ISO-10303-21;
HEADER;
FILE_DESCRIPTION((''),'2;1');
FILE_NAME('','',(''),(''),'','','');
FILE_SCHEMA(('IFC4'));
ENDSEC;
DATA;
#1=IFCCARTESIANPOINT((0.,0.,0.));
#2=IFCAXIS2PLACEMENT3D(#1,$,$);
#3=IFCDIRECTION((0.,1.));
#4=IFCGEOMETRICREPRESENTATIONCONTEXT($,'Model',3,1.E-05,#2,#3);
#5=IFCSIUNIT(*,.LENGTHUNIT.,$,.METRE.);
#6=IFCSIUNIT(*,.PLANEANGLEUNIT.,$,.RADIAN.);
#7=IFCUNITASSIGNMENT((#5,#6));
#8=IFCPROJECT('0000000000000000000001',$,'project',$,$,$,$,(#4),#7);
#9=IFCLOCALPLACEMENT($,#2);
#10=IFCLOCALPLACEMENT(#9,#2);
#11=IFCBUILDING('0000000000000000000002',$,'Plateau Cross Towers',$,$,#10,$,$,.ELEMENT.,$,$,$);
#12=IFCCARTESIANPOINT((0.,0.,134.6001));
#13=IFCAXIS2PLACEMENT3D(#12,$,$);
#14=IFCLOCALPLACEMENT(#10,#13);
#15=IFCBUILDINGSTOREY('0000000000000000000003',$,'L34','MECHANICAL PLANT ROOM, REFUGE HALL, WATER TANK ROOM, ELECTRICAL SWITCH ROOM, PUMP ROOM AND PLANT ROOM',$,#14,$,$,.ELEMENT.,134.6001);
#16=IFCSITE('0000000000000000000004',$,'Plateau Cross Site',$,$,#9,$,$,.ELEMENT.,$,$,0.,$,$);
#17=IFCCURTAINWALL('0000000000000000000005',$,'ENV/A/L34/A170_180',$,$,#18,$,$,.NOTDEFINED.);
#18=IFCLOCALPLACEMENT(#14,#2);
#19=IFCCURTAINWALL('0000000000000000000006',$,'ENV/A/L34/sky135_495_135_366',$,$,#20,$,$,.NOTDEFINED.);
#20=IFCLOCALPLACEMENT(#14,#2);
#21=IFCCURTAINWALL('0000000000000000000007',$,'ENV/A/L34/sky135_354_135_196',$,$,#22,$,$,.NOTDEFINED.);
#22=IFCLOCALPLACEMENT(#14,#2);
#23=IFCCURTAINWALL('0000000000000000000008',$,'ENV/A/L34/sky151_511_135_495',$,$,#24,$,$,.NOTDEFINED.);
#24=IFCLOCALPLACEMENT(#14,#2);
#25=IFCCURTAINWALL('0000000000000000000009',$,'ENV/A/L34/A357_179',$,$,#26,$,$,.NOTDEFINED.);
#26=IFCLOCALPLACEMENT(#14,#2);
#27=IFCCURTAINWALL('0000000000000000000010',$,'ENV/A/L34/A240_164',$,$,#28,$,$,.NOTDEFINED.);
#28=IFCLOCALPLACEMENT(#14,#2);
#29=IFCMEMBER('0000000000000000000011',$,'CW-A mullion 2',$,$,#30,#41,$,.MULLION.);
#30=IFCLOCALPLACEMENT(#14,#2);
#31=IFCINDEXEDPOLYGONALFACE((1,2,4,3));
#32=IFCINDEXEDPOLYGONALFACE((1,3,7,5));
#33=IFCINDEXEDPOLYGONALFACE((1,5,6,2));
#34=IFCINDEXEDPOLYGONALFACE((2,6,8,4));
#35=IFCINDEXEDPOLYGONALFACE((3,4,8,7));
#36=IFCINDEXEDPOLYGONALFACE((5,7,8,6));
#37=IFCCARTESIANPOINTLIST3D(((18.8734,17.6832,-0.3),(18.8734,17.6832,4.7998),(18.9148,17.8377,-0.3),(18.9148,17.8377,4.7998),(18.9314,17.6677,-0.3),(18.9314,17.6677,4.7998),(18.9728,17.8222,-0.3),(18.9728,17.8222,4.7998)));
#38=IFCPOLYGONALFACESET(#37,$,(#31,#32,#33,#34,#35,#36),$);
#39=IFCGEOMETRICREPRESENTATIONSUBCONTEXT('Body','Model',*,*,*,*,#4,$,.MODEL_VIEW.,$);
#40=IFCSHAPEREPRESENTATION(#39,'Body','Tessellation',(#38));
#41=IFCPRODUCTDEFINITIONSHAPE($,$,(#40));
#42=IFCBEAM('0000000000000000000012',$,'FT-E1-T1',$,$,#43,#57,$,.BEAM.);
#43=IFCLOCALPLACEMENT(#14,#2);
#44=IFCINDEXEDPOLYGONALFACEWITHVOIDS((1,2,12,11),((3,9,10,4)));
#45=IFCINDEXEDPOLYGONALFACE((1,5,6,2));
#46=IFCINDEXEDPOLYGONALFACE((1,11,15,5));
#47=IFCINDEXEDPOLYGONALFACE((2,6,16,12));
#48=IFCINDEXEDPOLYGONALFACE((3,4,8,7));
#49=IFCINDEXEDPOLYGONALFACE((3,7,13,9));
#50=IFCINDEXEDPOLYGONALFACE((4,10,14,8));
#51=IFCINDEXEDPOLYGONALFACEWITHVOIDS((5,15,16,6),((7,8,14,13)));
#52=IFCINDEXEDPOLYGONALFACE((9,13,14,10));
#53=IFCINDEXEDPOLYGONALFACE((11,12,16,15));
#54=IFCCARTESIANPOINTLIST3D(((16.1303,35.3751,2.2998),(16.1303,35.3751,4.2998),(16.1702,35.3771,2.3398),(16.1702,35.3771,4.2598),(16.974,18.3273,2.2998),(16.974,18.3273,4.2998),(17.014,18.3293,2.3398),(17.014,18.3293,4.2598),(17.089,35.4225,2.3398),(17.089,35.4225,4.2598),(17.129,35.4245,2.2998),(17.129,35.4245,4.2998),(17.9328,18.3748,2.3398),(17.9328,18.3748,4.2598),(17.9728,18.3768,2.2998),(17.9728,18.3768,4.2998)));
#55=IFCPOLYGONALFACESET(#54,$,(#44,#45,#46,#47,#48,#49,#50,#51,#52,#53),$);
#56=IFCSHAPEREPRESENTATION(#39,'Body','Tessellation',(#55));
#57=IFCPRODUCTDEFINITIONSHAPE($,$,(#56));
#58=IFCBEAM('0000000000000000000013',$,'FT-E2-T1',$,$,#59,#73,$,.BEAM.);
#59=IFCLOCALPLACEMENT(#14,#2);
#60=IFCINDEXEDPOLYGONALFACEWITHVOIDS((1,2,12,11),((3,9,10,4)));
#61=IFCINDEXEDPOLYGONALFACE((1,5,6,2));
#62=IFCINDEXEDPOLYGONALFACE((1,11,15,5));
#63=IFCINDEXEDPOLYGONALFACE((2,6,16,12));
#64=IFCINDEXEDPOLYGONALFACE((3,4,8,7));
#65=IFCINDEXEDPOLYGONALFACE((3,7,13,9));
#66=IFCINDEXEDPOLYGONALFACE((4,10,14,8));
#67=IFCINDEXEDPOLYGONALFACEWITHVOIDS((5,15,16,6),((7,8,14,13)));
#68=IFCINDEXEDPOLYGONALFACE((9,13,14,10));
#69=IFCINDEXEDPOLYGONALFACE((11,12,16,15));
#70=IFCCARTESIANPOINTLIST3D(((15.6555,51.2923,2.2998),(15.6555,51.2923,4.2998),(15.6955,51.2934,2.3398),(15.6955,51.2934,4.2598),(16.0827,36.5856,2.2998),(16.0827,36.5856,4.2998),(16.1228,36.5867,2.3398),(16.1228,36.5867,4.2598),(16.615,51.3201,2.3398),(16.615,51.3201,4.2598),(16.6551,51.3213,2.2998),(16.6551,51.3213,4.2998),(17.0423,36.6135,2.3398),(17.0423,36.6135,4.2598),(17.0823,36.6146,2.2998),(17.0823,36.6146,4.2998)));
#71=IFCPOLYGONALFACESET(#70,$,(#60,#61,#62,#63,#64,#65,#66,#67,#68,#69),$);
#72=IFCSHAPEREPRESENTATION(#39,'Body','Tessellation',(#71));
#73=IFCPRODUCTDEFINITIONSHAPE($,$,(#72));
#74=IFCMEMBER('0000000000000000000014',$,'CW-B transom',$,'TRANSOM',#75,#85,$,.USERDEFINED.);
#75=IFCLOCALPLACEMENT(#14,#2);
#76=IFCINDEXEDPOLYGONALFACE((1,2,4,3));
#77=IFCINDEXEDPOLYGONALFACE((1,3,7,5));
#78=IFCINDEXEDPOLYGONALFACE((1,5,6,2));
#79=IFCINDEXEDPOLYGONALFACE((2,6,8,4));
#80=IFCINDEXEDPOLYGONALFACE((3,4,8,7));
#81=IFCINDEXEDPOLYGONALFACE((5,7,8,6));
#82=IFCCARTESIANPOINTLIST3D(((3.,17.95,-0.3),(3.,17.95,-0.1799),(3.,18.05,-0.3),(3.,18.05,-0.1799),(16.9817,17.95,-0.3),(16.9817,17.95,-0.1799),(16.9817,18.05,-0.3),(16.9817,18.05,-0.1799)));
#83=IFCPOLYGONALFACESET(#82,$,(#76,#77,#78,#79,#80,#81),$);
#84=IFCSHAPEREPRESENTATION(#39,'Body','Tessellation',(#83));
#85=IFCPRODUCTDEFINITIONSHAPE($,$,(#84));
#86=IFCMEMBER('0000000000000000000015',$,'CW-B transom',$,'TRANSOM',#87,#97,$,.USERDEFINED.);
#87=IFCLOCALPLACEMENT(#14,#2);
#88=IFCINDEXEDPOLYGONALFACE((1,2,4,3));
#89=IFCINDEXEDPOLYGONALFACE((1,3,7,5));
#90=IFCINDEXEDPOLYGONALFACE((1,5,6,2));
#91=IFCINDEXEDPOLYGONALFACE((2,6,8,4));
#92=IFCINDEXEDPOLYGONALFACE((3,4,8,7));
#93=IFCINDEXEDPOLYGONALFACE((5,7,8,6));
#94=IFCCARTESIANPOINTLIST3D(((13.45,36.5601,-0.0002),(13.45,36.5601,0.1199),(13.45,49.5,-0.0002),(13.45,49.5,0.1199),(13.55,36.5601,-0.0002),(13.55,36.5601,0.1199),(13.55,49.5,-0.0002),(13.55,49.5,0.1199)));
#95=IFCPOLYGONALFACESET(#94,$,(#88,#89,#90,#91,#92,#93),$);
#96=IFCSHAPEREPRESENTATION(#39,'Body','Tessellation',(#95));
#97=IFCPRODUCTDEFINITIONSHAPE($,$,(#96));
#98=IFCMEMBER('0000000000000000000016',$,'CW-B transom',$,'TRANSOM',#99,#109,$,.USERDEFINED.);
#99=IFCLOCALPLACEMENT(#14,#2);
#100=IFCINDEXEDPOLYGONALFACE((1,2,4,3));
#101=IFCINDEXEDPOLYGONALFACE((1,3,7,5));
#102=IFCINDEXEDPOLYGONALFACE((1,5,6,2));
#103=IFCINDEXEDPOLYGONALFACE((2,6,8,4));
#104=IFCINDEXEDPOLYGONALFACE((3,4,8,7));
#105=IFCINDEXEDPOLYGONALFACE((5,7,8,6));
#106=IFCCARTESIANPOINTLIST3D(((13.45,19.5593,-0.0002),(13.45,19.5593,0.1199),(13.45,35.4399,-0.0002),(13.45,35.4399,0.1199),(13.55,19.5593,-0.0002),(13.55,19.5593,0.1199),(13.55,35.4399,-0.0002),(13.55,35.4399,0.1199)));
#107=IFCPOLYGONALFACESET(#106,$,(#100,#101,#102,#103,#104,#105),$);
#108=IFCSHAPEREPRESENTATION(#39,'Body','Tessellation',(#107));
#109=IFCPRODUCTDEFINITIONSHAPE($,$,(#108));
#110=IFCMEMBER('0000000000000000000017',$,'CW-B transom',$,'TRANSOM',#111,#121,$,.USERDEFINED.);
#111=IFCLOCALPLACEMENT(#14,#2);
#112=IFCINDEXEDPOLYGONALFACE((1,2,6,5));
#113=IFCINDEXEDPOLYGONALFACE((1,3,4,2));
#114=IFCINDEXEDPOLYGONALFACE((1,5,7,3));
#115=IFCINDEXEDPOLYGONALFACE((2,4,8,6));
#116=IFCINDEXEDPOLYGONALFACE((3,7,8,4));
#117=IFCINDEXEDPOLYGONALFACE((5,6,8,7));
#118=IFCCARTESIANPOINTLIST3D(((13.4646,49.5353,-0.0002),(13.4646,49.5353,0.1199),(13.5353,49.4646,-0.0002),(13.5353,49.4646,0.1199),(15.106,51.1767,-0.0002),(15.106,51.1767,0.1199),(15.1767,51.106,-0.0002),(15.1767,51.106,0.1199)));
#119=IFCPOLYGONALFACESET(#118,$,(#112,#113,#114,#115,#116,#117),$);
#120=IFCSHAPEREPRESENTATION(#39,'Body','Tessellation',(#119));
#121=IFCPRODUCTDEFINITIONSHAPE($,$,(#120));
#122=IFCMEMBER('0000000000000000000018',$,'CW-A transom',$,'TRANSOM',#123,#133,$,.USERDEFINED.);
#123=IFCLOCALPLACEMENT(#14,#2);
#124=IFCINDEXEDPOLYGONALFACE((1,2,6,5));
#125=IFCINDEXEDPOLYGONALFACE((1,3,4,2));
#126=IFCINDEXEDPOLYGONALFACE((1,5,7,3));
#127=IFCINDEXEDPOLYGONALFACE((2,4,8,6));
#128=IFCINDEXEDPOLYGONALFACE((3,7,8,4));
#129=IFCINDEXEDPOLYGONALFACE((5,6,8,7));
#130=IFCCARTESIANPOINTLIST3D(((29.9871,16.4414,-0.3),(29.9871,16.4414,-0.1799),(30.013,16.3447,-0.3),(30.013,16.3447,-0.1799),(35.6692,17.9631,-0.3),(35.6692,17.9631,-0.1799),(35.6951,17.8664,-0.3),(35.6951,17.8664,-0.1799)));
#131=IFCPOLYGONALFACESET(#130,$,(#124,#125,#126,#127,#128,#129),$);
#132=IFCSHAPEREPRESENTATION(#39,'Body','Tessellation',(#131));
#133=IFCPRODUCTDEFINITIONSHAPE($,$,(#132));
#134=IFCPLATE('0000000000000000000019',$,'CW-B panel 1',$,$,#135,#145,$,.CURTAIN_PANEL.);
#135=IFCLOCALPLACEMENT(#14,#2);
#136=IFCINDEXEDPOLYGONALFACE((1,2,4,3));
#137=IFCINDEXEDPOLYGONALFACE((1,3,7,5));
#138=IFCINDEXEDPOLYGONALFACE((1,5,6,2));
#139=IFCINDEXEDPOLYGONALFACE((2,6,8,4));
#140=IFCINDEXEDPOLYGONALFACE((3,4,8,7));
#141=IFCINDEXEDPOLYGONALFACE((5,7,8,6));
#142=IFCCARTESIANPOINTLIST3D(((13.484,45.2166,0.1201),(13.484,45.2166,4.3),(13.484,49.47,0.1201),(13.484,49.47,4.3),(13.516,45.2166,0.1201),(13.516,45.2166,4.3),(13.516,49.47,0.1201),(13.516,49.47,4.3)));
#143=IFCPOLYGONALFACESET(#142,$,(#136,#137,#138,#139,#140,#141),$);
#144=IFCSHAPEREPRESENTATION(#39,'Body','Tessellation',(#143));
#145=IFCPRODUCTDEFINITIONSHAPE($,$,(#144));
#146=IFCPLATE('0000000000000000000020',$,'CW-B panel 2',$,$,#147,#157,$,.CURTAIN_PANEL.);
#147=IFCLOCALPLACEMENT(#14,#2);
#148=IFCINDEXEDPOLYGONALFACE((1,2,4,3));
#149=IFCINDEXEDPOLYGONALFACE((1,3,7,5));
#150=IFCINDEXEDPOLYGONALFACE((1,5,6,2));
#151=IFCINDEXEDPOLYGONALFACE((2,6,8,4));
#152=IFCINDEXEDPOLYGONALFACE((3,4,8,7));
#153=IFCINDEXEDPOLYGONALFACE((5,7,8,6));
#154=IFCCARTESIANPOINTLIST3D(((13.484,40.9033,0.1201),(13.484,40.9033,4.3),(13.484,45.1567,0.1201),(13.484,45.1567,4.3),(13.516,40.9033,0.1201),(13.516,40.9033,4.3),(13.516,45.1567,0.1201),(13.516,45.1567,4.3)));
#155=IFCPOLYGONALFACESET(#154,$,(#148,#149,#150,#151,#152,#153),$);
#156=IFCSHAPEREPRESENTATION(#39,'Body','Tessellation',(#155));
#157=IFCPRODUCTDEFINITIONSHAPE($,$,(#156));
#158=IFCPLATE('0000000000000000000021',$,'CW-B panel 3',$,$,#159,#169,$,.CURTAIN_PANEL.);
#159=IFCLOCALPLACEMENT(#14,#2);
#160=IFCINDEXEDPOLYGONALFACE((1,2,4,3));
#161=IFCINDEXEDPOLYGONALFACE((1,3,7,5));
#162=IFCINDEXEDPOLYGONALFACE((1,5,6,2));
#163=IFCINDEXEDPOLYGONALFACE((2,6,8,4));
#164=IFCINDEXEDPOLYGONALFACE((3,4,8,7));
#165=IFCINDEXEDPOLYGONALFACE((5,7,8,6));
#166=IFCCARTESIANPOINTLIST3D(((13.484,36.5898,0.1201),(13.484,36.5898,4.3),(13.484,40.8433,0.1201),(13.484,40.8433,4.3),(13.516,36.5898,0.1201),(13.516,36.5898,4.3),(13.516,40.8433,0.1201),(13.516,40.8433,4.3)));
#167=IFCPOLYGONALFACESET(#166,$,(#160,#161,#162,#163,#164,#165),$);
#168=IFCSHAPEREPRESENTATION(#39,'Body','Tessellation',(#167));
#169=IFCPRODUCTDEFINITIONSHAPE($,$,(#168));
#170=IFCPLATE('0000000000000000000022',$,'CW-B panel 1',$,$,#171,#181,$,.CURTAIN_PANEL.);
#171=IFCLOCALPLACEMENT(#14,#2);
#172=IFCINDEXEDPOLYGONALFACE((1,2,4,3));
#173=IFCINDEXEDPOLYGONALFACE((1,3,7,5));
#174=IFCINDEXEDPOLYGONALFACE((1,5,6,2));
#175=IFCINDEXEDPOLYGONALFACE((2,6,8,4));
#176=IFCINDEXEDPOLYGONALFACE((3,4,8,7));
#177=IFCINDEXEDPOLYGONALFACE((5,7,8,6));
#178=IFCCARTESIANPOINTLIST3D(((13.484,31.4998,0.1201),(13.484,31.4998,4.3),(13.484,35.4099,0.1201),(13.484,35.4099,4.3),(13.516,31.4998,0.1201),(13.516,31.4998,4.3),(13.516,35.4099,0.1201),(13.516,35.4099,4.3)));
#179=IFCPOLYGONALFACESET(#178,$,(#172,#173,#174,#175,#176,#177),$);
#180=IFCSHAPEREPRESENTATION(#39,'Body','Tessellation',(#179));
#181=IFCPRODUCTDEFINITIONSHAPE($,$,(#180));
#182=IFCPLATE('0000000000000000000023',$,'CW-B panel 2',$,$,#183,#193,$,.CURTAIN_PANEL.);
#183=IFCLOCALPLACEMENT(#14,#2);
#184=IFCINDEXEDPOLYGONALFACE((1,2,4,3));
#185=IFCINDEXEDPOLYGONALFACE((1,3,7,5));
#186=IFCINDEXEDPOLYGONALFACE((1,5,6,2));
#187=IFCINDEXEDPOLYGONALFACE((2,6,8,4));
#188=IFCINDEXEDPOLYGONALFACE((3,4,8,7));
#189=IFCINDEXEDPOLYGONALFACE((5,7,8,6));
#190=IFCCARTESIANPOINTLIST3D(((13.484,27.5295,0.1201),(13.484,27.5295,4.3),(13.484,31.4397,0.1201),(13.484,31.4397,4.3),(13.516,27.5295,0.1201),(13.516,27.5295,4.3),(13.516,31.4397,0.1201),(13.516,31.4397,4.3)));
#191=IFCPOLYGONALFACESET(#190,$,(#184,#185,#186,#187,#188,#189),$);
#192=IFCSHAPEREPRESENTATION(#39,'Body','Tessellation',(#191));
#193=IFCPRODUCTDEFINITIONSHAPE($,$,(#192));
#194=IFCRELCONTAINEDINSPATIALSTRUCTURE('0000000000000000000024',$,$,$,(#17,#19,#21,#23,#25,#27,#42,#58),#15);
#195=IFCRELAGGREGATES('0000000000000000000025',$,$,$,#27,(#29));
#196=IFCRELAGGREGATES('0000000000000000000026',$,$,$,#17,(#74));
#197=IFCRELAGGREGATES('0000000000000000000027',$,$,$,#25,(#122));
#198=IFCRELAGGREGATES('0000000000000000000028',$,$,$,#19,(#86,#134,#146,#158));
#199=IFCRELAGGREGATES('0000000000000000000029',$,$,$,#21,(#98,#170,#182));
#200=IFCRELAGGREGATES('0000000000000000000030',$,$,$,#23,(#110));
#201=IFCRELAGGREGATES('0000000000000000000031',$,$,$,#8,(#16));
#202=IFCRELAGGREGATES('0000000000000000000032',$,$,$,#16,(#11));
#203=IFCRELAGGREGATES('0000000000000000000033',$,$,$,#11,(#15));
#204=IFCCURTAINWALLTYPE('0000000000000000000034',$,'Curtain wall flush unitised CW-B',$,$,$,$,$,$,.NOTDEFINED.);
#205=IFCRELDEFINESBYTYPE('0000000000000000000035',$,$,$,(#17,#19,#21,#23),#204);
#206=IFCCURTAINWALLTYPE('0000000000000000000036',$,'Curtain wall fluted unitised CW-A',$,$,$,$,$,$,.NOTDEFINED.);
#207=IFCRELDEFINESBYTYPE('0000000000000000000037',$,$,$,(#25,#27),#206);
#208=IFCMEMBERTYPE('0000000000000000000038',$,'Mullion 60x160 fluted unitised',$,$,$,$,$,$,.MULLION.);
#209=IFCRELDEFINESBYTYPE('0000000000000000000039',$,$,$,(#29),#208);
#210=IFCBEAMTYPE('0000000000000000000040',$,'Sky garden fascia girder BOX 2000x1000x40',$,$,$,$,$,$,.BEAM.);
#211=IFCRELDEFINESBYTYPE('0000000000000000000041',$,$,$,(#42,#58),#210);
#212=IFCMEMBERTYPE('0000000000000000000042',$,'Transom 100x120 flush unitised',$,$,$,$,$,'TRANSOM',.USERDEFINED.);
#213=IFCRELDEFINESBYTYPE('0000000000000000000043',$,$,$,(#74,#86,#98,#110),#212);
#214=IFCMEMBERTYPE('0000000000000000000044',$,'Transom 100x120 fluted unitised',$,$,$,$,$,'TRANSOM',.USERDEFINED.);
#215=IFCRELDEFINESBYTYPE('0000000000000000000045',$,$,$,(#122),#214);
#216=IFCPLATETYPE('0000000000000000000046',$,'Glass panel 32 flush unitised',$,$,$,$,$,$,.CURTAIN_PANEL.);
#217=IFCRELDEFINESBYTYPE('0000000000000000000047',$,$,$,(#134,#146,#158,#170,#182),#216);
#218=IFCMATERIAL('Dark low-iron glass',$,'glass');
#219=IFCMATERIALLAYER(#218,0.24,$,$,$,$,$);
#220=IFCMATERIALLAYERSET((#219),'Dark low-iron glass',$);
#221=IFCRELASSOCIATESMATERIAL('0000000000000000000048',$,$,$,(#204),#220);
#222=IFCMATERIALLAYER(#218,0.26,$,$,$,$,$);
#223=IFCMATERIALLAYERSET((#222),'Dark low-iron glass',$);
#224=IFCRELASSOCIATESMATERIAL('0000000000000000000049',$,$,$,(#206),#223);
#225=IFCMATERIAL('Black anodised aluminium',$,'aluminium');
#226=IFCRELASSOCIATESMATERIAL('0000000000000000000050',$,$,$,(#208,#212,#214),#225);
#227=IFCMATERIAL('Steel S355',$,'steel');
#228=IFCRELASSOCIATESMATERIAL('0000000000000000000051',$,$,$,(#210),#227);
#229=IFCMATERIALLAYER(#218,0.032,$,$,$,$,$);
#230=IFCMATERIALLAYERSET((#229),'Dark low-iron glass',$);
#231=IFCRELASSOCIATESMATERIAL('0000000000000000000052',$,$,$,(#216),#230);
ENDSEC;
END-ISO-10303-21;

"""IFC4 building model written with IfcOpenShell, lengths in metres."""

from ifc_helpers import new_model, si_unit, direction, frame, origin, origin_2d, place, context, subcontext, project, spatial, rectangle, hollow_rectangle, extrude, material, layer, layer_set, material_profile, profile_set, type_object, element, aggregate, save


model = new_model("IFC4")

# Units and contexts
model_context = context("Model", 3, precision=1e-05, world=origin(), true_north=direction((0.0, 1.0)))
body_context = subcontext(model_context, "Body", "Model", "MODEL_VIEW")
ifc_project = project(units=[si_unit("LENGTHUNIT", "METRE"), si_unit("PLANEANGLEUNIT", "RADIAN")], contexts=[model_context])

# Site, building, storey
site_placement = place(None, origin())
site = spatial("IfcSite", under=ifc_project, at=site_placement, Name="Plateau Cross Site", CompositionType="ELEMENT", RefElevation=0.0)
building_placement = place(site_placement, origin())
building = spatial("IfcBuilding", under=site, at=building_placement, Name="Plateau Cross Towers", CompositionType="ELEMENT")
storey_placement = place(building_placement, frame((0.0, 0.0, 134.6001)))
storey = spatial("IfcBuildingStorey", under=building, at=storey_placement, Name="L34", Description="MECHANICAL PLANT ROOM, REFUGE HALL, WATER TANK ROOM, ELECTRICAL SWITCH ROOM, PUMP ROOM AND PLANT ROOM", CompositionType="ELEMENT", Elevation=134.6001)

# Curtain wall
ifc_material_1 = material(Name="Dark low-iron glass", Category="glass")
ifc_layer_1 = layer(ifc_material_1, 0.24)
ifc_layer_set_1 = layer_set([ifc_layer_1], Name="Dark low-iron glass")
curtain_wall_type_1 = type_object("IfcCurtainWallType", Name="Curtain wall flush unitised CW-B", PredefinedType="NOTDEFINED", material=ifc_layer_set_1)
curtain_wall_1_placement = place(storey_placement, origin())
curtain_wall_1 = element("IfcCurtainWall", 1, at=curtain_wall_1_placement, inside=storey, type_object=curtain_wall_type_1, Name="ENV/A/L34/A170_180", PredefinedType="NOTDEFINED")
ifc_material_2 = material(Name="Black anodised aluminium", Category="aluminium")

# Curtain walls
curtain_wall_2_placement = place(storey_placement, origin())
curtain_wall_2 = element("IfcCurtainWall", 2, at=curtain_wall_2_placement, inside=storey, type_object=curtain_wall_type_1, Name="ENV/A/L34/sky135_495_135_366", PredefinedType="NOTDEFINED")
curtain_wall_3_placement = place(storey_placement, origin())
curtain_wall_3 = element("IfcCurtainWall", 3, at=curtain_wall_3_placement, inside=storey, type_object=curtain_wall_type_1, Name="ENV/A/L34/sky135_354_135_196", PredefinedType="NOTDEFINED")

# Curtain walls, member
curtain_wall_4_placement = place(storey_placement, origin())
curtain_wall_4 = element("IfcCurtainWall", 4, at=curtain_wall_4_placement, inside=storey, type_object=curtain_wall_type_1, Name="ENV/A/L34/sky151_511_135_495", PredefinedType="NOTDEFINED")
ifc_layer_2 = layer(ifc_material_1, 0.26)
ifc_layer_set_2 = layer_set([ifc_layer_2], Name="Dark low-iron glass")
curtain_wall_type_2 = type_object("IfcCurtainWallType", Name="Curtain wall fluted unitised CW-A", PredefinedType="NOTDEFINED", material=ifc_layer_set_2)
ifc_material_profile_1 = material_profile(ifc_material_2, rectangle(XDim=0.0601, YDim=0.1599, at=origin_2d()), Name="MULLION 60x160")
ifc_profile_set_1 = profile_set([ifc_material_profile_1], Name="Black anodised aluminium")
member_type_1 = type_object("IfcMemberType", Name="Mullion 60x160 fluted unitised", PredefinedType="MULLION", material=ifc_profile_set_1)
curtain_wall_5_placement = place(storey_placement, origin())
curtain_wall_5 = element("IfcCurtainWall", 5, at=curtain_wall_5_placement, inside=storey, type_object=curtain_wall_type_2, Name="ENV/A/L34/A357_179", PredefinedType="NOTDEFINED")
curtain_wall_6_placement = place(storey_placement, origin())
curtain_wall_6 = element("IfcCurtainWall", 6, at=curtain_wall_6_placement, inside=storey, type_object=curtain_wall_type_2, Name="ENV/A/L34/A240_164", PredefinedType="NOTDEFINED")
member_1_placement = place(storey_placement, frame((18.9231, 17.7527, -0.3), z_axis=(0.0, 0.0, 1.0), x_axis=(-0.965958, 0.258699, 0.0)))
member_1 = element("IfcMember", 7, at=member_1_placement, type_object=member_type_1, Name="CW-A mullion 2", PredefinedType="MULLION", context=body_context, shape_type="SweptSolid", body=[
    extrude(rectangle(XDim=0.0601, YDim=0.1599, at=origin_2d()), origin(), (0.0, 0.0, 1.0), 5.0999),
])
aggregate(curtain_wall_6, [member_1])

# Beams
ifc_material_3 = material(Name="Steel S355", Category="steel")
ifc_material_profile_2 = material_profile(ifc_material_3, hollow_rectangle(XDim=1.0, YDim=2.0, WallThickness=0.04, at=origin_2d()), Name="BOX 2000x1000x40")
ifc_profile_set_2 = profile_set([ifc_material_profile_2], Name="Steel S355")
beam_type = type_object("IfcBeamType", Name="Sky garden fascia girder BOX 2000x1000x40", PredefinedType="BEAM", material=ifc_profile_set_2)
beam_1_placement = place(storey_placement, frame((17.4734, 18.3521, 3.2998), z_axis=(-0.049433, 0.998777, 0.0), x_axis=(-0.998777, -0.049433, 0.0)))
element("IfcBeam", 8, at=beam_1_placement, inside=storey, type_object=beam_type, Name="FT-E1-T1", PredefinedType="BEAM", context=body_context, shape_type="SweptSolid", body=[
    extrude(hollow_rectangle(XDim=1.0, YDim=2.0, WallThickness=0.04, at=origin_2d()), origin(), (0.0, 0.0, 1.0), 17.0686),
])
beam_2_placement = place(storey_placement, frame((16.5825, 36.6001, 3.2998), z_axis=(-0.029039, 0.999578, 0.0), x_axis=(-0.999578, -0.029039, 0.0)))
element("IfcBeam", 9, at=beam_2_placement, inside=storey, type_object=beam_type, Name="FT-E2-T1", PredefinedType="BEAM", context=body_context, shape_type="SweptSolid", body=[
    extrude(hollow_rectangle(XDim=1.0, YDim=2.0, WallThickness=0.04, at=origin_2d()), origin(), (0.0, 0.0, 1.0), 14.7129),
])

# Members
ifc_material_profile_3 = material_profile(ifc_material_2, rectangle(XDim=0.1001, YDim=0.1201, at=origin_2d()), Name="TRANSOM 100x120")
ifc_profile_set_3 = profile_set([ifc_material_profile_3], Name="Black anodised aluminium")
member_type_2 = type_object("IfcMemberType", Name="Transom 100x120 flush unitised", ElementType="TRANSOM", PredefinedType="USERDEFINED", material=ifc_profile_set_3)
member_2_placement = place(storey_placement, frame((16.9817, 18.0, -0.24), z_axis=(-1.0, 0.0, 0.0), x_axis=(0.0, -1.0, 0.0)))
member_2 = element("IfcMember", 10, at=member_2_placement, type_object=member_type_2, Name="CW-B transom", ObjectType="TRANSOM", PredefinedType="USERDEFINED", context=body_context, shape_type="SweptSolid", body=[
    extrude(rectangle(XDim=0.1001, YDim=0.1201, at=origin_2d()), origin(), (0.0, 0.0, 1.0), 13.9817),
])
aggregate(curtain_wall_1, [member_2])
member_3_placement = place(storey_placement, frame((13.5, 49.5, 0.0598), z_axis=(0.0, -1.0, 0.0), x_axis=(1.0, 0.0, 0.0)))
member_3 = element("IfcMember", 11, at=member_3_placement, type_object=member_type_2, Name="CW-B transom", ObjectType="TRANSOM", PredefinedType="USERDEFINED", context=body_context, shape_type="SweptSolid", body=[
    extrude(rectangle(XDim=0.1001, YDim=0.1201, at=origin_2d()), origin(), (0.0, 0.0, 1.0), 12.9399),
])
member_4_placement = place(storey_placement, frame((13.5, 35.4399, 0.0598), z_axis=(0.0, -1.0, 0.0), x_axis=(1.0, 0.0, 0.0)))
member_4 = element("IfcMember", 12, at=member_4_placement, type_object=member_type_2, Name="CW-B transom", ObjectType="TRANSOM", PredefinedType="USERDEFINED", context=body_context, shape_type="SweptSolid", body=[
    extrude(rectangle(XDim=0.1001, YDim=0.1201, at=origin_2d()), origin(), (0.0, 0.0, 1.0), 15.8806),
])
member_5_placement = place(storey_placement, frame((15.1414, 51.1414, 0.0598), z_axis=(-0.707107, -0.707107, 0.0), x_axis=(0.707107, -0.707107, 0.0)))
member_5 = element("IfcMember", 13, at=member_5_placement, type_object=member_type_2, Name="CW-B transom", ObjectType="TRANSOM", PredefinedType="USERDEFINED", context=body_context, shape_type="SweptSolid", body=[
    extrude(rectangle(XDim=0.1001, YDim=0.1201, at=origin_2d()), origin(), (0.0, 0.0, 1.0), 2.3213),
])
ifc_material_profile_4 = material_profile(ifc_material_2, rectangle(XDim=0.1001, YDim=0.1201, at=origin_2d()), Name="TRANSOM 100x120")
ifc_profile_set_4 = profile_set([ifc_material_profile_4], Name="Black anodised aluminium")
member_type_3 = type_object("IfcMemberType", Name="Transom 100x120 fluted unitised", ElementType="TRANSOM", PredefinedType="USERDEFINED", material=ifc_profile_set_4)
member_6_placement = place(storey_placement, frame((35.6821, 17.9148, -0.24), z_axis=(-0.96596, -0.258693, 0.0), x_axis=(0.258693, -0.96596, 0.0)))
member_6 = element("IfcMember", 14, at=member_6_placement, type_object=member_type_3, Name="CW-A transom", ObjectType="TRANSOM", PredefinedType="USERDEFINED", context=body_context, shape_type="SweptSolid", body=[
    extrude(rectangle(XDim=0.1001, YDim=0.1201, at=origin_2d()), origin(), (0.0, 0.0, 1.0), 5.8823),
])
aggregate(curtain_wall_5, [member_6])

# Plates
ifc_layer_3 = layer(ifc_material_1, 0.032)
ifc_layer_set_3 = layer_set([ifc_layer_3], Name="Dark low-iron glass")
plate_type_1 = type_object("IfcPlateType", Name="Glass panel 32 flush unitised", PredefinedType="CURTAIN_PANEL", material=ifc_layer_set_3)
plate_1_placement = place(storey_placement, frame((13.5, 47.3433, 0.1201), z_axis=(0.0, 0.0, 1.0), x_axis=(0.0, -1.0, 0.0)))
plate_1 = element("IfcPlate", 15, at=plate_1_placement, type_object=plate_type_1, Name="CW-B panel 1", PredefinedType="CURTAIN_PANEL", context=body_context, shape_type="SweptSolid", body=[
    extrude(rectangle(XDim=4.2534, YDim=0.032, at=origin_2d()), origin(), (0.0, 0.0, 1.0), 4.1799),
])
plate_2_placement = place(storey_placement, frame((13.5, 43.03, 0.1201), z_axis=(0.0, 0.0, 1.0), x_axis=(0.0, -1.0, 0.0)))
plate_2 = element("IfcPlate", 16, at=plate_2_placement, type_object=plate_type_1, Name="CW-B panel 2", PredefinedType="CURTAIN_PANEL", context=body_context, shape_type="SweptSolid", body=[
    extrude(rectangle(XDim=4.2534, YDim=0.032, at=origin_2d()), origin(), (0.0, 0.0, 1.0), 4.1799),
])
plate_3_placement = place(storey_placement, frame((13.5, 38.7166, 0.1201), z_axis=(0.0, 0.0, 1.0), x_axis=(0.0, -1.0, 0.0)))
plate_3 = element("IfcPlate", 17, at=plate_3_placement, type_object=plate_type_1, Name="CW-B panel 3", PredefinedType="CURTAIN_PANEL", context=body_context, shape_type="SweptSolid", body=[
    extrude(rectangle(XDim=4.2534, YDim=0.032, at=origin_2d()), origin(), (0.0, 0.0, 1.0), 4.1799),
])
aggregate(curtain_wall_2, [member_3, plate_1, plate_2, plate_3])
plate_4_placement = place(storey_placement, frame((13.5, 33.4548, 0.1201), z_axis=(0.0, 0.0, 1.0), x_axis=(0.0, -1.0, 0.0)))
plate_4 = element("IfcPlate", 18, at=plate_4_placement, type_object=plate_type_1, Name="CW-B panel 1", PredefinedType="CURTAIN_PANEL", context=body_context, shape_type="SweptSolid", body=[
    extrude(rectangle(XDim=3.9102, YDim=0.032, at=origin_2d()), origin(), (0.0, 0.0, 1.0), 4.1799),
])
plate_5_placement = place(storey_placement, frame((13.5, 29.4846, 0.1201), z_axis=(0.0, 0.0, 1.0), x_axis=(0.0, -1.0, 0.0)))
plate_5 = element("IfcPlate", 19, at=plate_5_placement, type_object=plate_type_1, Name="CW-B panel 2", PredefinedType="CURTAIN_PANEL", context=body_context, shape_type="SweptSolid", body=[
    extrude(rectangle(XDim=3.9102, YDim=0.032, at=origin_2d()), origin(), (0.0, 0.0, 1.0), 4.1799),
])
aggregate(curtain_wall_3, [member_4, plate_4, plate_5])
aggregate(curtain_wall_4, [member_5])

save(model, "model.ifc")
